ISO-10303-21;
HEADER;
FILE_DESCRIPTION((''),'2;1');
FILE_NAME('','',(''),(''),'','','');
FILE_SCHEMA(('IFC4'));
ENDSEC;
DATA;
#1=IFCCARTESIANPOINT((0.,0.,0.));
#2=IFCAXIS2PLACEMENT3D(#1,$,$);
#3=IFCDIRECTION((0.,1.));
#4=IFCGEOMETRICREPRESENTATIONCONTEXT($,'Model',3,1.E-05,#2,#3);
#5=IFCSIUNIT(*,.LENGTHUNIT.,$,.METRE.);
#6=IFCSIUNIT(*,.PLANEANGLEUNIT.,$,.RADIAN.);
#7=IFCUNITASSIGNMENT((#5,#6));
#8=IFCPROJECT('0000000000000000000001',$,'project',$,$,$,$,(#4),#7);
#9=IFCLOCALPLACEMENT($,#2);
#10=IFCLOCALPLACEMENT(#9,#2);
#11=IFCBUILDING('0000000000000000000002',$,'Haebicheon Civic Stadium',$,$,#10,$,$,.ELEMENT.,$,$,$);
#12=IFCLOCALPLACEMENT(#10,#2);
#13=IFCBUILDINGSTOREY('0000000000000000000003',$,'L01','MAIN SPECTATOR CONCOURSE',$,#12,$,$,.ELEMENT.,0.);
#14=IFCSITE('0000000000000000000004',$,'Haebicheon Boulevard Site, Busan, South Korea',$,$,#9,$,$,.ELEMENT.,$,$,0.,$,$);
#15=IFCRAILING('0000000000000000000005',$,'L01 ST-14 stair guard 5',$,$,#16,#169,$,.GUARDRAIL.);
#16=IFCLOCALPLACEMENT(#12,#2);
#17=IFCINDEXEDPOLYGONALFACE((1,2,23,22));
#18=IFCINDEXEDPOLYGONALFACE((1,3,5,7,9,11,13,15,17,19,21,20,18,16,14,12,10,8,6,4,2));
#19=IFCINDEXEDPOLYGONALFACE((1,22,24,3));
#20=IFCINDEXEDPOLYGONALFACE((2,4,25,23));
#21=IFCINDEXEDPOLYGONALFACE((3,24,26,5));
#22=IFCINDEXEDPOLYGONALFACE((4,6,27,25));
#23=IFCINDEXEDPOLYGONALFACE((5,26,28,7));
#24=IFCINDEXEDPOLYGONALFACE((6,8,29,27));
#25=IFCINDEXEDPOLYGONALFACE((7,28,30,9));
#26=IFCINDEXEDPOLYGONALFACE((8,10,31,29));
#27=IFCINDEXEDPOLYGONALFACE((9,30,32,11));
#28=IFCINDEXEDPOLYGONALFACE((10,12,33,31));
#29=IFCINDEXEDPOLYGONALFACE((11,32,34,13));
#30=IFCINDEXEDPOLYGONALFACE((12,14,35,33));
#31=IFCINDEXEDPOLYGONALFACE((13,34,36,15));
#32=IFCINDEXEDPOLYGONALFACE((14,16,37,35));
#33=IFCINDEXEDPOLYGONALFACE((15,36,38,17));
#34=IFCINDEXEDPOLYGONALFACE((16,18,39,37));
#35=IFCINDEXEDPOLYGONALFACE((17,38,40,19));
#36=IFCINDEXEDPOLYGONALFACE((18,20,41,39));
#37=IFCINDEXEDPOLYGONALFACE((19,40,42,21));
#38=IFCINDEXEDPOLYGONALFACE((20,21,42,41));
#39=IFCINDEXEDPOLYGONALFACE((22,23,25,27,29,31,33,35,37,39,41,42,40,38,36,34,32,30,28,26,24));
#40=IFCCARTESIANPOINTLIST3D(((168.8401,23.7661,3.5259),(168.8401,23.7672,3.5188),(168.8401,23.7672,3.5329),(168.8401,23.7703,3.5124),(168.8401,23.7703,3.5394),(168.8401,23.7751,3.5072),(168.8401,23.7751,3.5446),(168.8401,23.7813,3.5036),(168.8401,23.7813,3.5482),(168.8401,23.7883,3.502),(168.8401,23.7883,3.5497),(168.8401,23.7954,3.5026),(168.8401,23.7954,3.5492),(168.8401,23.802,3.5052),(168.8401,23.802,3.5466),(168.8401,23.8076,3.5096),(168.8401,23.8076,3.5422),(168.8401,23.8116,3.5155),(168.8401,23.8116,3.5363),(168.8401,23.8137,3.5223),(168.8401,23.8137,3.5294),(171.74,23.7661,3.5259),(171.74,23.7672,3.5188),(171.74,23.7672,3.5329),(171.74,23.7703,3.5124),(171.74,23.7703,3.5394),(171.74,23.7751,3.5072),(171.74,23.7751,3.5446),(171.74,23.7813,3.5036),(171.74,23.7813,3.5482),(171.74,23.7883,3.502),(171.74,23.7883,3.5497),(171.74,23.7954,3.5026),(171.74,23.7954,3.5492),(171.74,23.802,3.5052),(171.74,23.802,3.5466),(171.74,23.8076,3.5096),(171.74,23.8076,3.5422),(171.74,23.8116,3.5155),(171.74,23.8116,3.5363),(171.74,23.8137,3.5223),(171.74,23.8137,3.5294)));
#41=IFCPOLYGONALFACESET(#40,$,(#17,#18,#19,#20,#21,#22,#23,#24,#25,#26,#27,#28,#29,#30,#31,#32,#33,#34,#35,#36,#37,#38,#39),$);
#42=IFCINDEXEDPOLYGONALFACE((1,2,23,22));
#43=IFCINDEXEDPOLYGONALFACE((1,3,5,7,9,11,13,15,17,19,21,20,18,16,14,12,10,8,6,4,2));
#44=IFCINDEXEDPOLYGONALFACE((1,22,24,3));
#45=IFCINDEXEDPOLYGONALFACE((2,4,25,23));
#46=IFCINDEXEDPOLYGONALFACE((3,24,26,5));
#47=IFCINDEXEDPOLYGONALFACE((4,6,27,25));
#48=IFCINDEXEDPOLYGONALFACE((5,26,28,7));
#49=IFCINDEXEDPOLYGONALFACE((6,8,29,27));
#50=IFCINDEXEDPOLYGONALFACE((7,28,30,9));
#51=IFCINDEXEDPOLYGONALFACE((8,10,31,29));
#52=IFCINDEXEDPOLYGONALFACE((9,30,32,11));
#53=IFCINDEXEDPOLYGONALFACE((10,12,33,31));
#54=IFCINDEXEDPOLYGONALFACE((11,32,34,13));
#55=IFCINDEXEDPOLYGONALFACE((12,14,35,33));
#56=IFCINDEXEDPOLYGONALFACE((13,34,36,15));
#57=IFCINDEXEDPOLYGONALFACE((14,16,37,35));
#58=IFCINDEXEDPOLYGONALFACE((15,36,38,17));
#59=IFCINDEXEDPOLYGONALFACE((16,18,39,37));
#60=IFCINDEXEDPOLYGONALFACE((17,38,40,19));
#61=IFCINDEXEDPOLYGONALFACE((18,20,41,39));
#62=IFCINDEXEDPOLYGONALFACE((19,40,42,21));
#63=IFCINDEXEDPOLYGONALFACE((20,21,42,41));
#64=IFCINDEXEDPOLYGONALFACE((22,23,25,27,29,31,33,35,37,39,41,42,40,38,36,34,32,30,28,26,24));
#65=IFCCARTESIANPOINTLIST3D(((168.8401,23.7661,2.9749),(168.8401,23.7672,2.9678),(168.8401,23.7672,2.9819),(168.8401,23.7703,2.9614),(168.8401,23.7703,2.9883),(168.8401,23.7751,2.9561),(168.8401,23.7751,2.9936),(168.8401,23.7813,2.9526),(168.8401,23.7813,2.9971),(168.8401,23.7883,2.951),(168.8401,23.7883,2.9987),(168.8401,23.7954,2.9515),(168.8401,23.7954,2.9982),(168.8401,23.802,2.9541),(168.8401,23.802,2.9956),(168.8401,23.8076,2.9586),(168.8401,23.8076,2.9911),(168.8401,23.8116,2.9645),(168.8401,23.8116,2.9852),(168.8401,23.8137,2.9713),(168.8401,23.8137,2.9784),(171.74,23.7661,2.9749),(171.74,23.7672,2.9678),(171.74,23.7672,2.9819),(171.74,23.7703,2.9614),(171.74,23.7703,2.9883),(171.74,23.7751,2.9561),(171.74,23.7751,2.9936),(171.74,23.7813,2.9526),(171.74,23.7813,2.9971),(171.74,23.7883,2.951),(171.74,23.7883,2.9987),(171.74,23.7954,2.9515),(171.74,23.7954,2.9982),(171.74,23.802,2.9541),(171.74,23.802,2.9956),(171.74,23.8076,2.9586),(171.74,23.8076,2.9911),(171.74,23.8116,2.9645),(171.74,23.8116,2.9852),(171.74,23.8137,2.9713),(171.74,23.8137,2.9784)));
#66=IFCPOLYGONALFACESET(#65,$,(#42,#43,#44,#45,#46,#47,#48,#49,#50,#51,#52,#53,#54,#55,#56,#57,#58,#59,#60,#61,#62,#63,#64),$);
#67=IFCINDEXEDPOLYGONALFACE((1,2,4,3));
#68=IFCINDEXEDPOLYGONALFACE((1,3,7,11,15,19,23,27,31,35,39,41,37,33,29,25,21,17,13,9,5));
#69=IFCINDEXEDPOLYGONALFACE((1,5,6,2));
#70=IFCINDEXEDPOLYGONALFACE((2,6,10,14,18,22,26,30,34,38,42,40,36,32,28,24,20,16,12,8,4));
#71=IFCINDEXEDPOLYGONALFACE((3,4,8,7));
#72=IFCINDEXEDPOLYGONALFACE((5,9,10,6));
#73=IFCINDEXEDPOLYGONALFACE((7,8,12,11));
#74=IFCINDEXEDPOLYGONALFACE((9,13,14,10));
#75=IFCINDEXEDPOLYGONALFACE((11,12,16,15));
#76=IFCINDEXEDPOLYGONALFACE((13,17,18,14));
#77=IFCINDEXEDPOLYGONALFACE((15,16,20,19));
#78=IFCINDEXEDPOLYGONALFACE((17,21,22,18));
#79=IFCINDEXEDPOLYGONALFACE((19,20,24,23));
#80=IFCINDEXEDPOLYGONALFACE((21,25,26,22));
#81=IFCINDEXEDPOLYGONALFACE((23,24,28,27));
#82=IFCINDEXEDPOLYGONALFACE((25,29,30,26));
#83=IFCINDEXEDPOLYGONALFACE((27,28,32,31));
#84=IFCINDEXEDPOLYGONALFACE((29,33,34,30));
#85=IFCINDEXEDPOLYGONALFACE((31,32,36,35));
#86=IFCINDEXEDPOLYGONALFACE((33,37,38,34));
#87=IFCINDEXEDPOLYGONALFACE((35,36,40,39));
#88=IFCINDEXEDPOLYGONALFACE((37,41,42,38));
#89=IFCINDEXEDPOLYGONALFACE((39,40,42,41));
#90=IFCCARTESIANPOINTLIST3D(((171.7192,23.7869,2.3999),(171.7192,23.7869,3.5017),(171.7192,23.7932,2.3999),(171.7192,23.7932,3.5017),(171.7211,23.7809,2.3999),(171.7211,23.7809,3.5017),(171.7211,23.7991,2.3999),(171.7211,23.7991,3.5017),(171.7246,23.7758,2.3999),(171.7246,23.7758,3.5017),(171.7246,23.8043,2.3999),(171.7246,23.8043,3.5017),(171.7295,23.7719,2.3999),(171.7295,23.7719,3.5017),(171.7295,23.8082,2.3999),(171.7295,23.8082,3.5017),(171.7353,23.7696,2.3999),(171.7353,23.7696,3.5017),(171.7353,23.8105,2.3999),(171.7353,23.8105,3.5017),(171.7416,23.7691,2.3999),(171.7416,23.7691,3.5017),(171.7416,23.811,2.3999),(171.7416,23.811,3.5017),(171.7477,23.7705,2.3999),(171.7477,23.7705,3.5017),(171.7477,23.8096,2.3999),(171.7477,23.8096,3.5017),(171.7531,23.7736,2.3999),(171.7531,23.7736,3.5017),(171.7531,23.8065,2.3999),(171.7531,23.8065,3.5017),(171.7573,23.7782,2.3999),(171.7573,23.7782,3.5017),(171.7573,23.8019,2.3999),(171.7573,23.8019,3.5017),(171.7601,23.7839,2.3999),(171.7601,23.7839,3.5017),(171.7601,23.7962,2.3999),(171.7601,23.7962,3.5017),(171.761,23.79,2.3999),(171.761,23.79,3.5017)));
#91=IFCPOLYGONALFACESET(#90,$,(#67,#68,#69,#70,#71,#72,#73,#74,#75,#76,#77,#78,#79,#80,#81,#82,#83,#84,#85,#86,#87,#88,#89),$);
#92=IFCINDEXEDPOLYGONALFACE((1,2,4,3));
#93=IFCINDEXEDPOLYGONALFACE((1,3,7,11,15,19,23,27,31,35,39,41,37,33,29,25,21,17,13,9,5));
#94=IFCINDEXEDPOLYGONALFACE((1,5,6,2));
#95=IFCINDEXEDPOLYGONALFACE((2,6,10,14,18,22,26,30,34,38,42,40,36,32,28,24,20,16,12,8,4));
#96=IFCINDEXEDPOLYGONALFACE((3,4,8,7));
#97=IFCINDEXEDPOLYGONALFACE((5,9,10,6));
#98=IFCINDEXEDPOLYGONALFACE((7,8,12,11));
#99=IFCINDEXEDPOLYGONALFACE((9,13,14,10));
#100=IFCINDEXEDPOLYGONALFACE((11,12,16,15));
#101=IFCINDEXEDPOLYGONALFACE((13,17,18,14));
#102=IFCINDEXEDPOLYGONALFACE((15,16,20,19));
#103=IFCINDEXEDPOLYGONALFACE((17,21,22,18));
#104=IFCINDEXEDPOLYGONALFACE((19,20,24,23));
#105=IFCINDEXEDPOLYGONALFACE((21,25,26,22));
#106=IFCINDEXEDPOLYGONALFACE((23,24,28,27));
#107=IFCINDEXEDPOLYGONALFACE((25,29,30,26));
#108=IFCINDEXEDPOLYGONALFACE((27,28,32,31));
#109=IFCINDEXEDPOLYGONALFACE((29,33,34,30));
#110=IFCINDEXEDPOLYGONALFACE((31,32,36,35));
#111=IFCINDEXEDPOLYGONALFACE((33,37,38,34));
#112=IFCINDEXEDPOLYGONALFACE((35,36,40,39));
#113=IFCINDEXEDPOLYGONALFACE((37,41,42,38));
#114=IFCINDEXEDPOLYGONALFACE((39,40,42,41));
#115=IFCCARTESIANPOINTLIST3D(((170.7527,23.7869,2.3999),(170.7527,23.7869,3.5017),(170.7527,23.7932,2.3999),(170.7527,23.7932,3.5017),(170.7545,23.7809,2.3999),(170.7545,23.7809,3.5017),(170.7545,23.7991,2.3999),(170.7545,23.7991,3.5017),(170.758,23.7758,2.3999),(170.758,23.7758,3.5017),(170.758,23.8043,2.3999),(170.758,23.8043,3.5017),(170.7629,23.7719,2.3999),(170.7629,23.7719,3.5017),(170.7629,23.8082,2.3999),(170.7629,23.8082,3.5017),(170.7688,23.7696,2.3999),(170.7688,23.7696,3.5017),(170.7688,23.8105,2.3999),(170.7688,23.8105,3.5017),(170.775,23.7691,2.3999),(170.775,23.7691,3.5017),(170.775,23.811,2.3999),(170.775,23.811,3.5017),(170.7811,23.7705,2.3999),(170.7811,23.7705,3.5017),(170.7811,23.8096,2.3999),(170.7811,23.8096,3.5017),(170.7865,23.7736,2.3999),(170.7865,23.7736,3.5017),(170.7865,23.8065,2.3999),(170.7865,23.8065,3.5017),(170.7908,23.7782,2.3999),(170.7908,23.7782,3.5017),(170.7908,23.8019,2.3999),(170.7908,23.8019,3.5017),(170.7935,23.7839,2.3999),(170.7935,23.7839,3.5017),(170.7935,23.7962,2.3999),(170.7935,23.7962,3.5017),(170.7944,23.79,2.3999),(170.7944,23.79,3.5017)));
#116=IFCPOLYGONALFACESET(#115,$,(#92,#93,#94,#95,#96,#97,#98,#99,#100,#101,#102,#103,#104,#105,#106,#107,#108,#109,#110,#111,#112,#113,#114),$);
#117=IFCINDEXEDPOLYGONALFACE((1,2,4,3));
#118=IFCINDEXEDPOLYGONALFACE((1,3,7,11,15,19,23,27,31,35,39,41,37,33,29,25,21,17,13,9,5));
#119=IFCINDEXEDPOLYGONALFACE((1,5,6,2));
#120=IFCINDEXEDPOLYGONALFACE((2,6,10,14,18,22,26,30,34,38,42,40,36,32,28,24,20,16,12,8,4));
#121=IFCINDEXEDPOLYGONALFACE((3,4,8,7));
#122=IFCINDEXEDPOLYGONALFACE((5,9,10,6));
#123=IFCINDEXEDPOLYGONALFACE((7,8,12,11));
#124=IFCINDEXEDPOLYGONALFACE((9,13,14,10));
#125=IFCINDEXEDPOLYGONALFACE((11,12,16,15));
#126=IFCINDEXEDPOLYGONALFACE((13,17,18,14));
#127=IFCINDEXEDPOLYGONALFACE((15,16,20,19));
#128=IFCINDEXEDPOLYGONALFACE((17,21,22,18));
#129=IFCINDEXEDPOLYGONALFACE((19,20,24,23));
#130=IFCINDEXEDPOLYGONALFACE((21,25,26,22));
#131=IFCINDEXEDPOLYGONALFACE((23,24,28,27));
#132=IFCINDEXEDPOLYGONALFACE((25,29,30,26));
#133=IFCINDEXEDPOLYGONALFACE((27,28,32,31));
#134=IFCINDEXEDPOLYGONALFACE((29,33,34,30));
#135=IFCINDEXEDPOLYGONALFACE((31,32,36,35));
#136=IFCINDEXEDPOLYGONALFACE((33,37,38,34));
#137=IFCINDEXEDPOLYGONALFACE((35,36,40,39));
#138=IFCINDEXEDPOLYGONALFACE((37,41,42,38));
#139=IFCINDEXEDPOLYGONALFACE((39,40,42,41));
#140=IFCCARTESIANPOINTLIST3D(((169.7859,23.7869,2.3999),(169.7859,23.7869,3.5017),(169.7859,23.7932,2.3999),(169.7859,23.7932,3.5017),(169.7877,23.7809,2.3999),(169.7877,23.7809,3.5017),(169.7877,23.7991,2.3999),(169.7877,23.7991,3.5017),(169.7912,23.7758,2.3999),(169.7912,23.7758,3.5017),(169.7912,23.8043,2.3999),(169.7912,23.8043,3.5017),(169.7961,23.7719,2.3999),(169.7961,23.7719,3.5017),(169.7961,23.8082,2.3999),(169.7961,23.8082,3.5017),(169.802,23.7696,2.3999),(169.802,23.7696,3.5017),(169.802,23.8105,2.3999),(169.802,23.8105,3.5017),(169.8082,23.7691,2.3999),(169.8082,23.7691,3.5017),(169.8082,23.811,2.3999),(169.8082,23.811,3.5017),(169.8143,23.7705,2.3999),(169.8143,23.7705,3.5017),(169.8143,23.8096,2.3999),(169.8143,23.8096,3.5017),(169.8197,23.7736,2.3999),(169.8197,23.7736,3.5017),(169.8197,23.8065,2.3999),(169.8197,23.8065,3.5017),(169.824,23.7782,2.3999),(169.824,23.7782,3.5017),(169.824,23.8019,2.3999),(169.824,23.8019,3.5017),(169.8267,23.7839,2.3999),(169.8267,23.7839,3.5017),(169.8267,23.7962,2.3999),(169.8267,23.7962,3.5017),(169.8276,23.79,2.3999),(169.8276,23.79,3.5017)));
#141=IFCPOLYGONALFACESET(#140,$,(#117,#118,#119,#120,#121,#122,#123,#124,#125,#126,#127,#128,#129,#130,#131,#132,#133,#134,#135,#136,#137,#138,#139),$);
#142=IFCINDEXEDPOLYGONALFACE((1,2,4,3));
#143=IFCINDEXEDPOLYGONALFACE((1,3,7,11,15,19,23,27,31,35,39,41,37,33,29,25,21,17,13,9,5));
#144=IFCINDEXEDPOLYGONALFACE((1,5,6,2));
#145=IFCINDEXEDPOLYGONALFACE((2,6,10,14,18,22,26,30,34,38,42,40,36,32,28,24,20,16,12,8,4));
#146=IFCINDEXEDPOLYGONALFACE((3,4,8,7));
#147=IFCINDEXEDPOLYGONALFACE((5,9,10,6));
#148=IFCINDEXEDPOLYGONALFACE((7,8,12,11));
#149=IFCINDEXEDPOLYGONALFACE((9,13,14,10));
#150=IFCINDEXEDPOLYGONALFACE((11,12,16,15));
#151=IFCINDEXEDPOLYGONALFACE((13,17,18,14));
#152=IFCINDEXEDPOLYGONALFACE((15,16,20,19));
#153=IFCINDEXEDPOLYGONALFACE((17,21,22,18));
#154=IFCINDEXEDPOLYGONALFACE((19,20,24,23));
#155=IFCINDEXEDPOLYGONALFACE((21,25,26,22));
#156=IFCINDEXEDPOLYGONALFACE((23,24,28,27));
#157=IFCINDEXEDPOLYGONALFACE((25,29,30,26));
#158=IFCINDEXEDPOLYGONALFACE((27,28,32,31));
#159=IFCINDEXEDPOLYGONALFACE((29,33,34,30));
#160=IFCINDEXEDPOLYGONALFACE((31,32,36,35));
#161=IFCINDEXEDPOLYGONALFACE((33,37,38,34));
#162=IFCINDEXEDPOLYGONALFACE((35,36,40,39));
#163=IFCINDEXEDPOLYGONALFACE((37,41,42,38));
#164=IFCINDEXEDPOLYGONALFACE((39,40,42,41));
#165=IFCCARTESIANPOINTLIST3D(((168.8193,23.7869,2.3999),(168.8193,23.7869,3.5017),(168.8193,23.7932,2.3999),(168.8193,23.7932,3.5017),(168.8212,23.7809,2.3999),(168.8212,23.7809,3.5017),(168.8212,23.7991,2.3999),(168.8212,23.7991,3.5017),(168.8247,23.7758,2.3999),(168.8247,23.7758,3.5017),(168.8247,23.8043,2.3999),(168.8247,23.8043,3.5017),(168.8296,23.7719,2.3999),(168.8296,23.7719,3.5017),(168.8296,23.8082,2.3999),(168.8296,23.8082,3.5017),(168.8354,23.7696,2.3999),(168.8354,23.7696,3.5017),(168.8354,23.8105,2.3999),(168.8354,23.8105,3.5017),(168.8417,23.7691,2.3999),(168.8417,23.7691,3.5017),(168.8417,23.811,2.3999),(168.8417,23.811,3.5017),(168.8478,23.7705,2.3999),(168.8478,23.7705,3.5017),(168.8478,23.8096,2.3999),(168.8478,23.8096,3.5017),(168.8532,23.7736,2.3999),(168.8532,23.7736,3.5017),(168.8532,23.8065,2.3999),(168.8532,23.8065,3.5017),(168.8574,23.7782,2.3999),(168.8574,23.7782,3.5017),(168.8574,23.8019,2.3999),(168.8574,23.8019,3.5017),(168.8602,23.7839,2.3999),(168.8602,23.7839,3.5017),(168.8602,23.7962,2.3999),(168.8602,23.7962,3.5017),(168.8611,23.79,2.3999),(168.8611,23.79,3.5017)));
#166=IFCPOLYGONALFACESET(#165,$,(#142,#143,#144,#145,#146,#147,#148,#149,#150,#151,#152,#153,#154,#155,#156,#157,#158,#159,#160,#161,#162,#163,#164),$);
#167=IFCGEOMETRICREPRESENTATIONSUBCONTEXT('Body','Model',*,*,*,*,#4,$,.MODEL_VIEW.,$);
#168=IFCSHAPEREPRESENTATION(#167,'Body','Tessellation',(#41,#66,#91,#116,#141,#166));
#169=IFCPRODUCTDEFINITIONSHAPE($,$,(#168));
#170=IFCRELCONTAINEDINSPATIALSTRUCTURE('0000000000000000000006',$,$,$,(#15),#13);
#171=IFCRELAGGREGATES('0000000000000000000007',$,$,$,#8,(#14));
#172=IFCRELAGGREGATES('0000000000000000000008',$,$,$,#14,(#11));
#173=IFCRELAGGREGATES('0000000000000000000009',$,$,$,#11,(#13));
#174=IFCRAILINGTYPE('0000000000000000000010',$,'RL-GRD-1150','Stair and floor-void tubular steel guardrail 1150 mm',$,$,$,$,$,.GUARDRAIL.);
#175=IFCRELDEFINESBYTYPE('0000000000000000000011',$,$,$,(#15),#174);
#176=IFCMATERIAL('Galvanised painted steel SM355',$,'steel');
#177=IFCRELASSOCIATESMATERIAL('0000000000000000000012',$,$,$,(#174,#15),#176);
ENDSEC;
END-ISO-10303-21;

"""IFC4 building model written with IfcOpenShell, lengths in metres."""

from ifc_helpers import new_model, si_unit, direction, frame, origin, origin_2d, place, context, subcontext, project, spatial, circle, extrude, material, type_object, element, save


model = new_model("IFC4")

# Units and contexts
model_context = context("Model", 3, precision=1e-05, world=origin(), true_north=direction((0.0, 1.0)))
body_context = subcontext(model_context, "Body", "Model", "MODEL_VIEW")
ifc_project = project(units=[si_unit("LENGTHUNIT", "METRE"), si_unit("PLANEANGLEUNIT", "RADIAN")], contexts=[model_context])

# Site, building, storey
site_placement = place(None, origin())
site = spatial("IfcSite", under=ifc_project, at=site_placement, Name="Haebicheon Boulevard Site, Busan, South Korea", CompositionType="ELEMENT", RefElevation=0.0)
building_placement = place(site_placement, origin())
building = spatial("IfcBuilding", under=site, at=building_placement, Name="Haebicheon Civic Stadium", CompositionType="ELEMENT")
storey_placement = place(building_placement, origin())
storey = spatial("IfcBuildingStorey", under=building, at=storey_placement, Name="L01", Description="MAIN SPECTATOR CONCOURSE", CompositionType="ELEMENT", Elevation=0.0)

# Railing
ifc_material_1 = material(Name="Galvanised painted steel SM355", Category="steel")
railing_type_1 = type_object("IfcRailingType", Name="RL-GRD-1150", Description="Stair and floor-void tubular steel guardrail 1150 mm", PredefinedType="GUARDRAIL", material=ifc_material_1)
railing_1_placement = place(storey_placement, frame((171.74, 23.79, 2.3999)))
element("IfcRailing", 1, at=railing_1_placement, inside=storey, type_object=railing_type_1, material=ifc_material_1, Name="L01 ST-14 stair guard 5", PredefinedType="GUARDRAIL", context=body_context, shape_type="SweptSolid", body=[
    extrude(circle(Radius=0.0239, at=origin_2d()), frame((0.0, 0.0, 1.126), z_axis=(-1.0, 0.0, 0.0), x_axis=(0.0, -1.0, 0.0)), (0.0, 0.0, 1.0), 2.8999),
    extrude(circle(Radius=0.0239, at=origin_2d()), frame((0.0, 0.0, 0.575), z_axis=(-1.0, 0.0, 0.0), x_axis=(0.0, -1.0, 0.0)), (0.0, 0.0, 1.0), 2.8999),
    extrude(circle(Radius=0.021, at=origin_2d()), origin(), (0.0, 0.0, 1.0), 1.1018),
    extrude(circle(Radius=0.021, at=origin_2d()), frame((-0.9666, 0.0, 0.0)), (0.0, 0.0, 1.0), 1.1018),
    extrude(circle(Radius=0.021, at=origin_2d()), frame((-1.9333, 0.0, 0.0)), (0.0, 0.0, 1.0), 1.1018),
    extrude(circle(Radius=0.021, at=origin_2d()), frame((-2.8999, 0.0, 0.0)), (0.0, 0.0, 1.0), 1.1018),
])

save(model, "model.ifc")
